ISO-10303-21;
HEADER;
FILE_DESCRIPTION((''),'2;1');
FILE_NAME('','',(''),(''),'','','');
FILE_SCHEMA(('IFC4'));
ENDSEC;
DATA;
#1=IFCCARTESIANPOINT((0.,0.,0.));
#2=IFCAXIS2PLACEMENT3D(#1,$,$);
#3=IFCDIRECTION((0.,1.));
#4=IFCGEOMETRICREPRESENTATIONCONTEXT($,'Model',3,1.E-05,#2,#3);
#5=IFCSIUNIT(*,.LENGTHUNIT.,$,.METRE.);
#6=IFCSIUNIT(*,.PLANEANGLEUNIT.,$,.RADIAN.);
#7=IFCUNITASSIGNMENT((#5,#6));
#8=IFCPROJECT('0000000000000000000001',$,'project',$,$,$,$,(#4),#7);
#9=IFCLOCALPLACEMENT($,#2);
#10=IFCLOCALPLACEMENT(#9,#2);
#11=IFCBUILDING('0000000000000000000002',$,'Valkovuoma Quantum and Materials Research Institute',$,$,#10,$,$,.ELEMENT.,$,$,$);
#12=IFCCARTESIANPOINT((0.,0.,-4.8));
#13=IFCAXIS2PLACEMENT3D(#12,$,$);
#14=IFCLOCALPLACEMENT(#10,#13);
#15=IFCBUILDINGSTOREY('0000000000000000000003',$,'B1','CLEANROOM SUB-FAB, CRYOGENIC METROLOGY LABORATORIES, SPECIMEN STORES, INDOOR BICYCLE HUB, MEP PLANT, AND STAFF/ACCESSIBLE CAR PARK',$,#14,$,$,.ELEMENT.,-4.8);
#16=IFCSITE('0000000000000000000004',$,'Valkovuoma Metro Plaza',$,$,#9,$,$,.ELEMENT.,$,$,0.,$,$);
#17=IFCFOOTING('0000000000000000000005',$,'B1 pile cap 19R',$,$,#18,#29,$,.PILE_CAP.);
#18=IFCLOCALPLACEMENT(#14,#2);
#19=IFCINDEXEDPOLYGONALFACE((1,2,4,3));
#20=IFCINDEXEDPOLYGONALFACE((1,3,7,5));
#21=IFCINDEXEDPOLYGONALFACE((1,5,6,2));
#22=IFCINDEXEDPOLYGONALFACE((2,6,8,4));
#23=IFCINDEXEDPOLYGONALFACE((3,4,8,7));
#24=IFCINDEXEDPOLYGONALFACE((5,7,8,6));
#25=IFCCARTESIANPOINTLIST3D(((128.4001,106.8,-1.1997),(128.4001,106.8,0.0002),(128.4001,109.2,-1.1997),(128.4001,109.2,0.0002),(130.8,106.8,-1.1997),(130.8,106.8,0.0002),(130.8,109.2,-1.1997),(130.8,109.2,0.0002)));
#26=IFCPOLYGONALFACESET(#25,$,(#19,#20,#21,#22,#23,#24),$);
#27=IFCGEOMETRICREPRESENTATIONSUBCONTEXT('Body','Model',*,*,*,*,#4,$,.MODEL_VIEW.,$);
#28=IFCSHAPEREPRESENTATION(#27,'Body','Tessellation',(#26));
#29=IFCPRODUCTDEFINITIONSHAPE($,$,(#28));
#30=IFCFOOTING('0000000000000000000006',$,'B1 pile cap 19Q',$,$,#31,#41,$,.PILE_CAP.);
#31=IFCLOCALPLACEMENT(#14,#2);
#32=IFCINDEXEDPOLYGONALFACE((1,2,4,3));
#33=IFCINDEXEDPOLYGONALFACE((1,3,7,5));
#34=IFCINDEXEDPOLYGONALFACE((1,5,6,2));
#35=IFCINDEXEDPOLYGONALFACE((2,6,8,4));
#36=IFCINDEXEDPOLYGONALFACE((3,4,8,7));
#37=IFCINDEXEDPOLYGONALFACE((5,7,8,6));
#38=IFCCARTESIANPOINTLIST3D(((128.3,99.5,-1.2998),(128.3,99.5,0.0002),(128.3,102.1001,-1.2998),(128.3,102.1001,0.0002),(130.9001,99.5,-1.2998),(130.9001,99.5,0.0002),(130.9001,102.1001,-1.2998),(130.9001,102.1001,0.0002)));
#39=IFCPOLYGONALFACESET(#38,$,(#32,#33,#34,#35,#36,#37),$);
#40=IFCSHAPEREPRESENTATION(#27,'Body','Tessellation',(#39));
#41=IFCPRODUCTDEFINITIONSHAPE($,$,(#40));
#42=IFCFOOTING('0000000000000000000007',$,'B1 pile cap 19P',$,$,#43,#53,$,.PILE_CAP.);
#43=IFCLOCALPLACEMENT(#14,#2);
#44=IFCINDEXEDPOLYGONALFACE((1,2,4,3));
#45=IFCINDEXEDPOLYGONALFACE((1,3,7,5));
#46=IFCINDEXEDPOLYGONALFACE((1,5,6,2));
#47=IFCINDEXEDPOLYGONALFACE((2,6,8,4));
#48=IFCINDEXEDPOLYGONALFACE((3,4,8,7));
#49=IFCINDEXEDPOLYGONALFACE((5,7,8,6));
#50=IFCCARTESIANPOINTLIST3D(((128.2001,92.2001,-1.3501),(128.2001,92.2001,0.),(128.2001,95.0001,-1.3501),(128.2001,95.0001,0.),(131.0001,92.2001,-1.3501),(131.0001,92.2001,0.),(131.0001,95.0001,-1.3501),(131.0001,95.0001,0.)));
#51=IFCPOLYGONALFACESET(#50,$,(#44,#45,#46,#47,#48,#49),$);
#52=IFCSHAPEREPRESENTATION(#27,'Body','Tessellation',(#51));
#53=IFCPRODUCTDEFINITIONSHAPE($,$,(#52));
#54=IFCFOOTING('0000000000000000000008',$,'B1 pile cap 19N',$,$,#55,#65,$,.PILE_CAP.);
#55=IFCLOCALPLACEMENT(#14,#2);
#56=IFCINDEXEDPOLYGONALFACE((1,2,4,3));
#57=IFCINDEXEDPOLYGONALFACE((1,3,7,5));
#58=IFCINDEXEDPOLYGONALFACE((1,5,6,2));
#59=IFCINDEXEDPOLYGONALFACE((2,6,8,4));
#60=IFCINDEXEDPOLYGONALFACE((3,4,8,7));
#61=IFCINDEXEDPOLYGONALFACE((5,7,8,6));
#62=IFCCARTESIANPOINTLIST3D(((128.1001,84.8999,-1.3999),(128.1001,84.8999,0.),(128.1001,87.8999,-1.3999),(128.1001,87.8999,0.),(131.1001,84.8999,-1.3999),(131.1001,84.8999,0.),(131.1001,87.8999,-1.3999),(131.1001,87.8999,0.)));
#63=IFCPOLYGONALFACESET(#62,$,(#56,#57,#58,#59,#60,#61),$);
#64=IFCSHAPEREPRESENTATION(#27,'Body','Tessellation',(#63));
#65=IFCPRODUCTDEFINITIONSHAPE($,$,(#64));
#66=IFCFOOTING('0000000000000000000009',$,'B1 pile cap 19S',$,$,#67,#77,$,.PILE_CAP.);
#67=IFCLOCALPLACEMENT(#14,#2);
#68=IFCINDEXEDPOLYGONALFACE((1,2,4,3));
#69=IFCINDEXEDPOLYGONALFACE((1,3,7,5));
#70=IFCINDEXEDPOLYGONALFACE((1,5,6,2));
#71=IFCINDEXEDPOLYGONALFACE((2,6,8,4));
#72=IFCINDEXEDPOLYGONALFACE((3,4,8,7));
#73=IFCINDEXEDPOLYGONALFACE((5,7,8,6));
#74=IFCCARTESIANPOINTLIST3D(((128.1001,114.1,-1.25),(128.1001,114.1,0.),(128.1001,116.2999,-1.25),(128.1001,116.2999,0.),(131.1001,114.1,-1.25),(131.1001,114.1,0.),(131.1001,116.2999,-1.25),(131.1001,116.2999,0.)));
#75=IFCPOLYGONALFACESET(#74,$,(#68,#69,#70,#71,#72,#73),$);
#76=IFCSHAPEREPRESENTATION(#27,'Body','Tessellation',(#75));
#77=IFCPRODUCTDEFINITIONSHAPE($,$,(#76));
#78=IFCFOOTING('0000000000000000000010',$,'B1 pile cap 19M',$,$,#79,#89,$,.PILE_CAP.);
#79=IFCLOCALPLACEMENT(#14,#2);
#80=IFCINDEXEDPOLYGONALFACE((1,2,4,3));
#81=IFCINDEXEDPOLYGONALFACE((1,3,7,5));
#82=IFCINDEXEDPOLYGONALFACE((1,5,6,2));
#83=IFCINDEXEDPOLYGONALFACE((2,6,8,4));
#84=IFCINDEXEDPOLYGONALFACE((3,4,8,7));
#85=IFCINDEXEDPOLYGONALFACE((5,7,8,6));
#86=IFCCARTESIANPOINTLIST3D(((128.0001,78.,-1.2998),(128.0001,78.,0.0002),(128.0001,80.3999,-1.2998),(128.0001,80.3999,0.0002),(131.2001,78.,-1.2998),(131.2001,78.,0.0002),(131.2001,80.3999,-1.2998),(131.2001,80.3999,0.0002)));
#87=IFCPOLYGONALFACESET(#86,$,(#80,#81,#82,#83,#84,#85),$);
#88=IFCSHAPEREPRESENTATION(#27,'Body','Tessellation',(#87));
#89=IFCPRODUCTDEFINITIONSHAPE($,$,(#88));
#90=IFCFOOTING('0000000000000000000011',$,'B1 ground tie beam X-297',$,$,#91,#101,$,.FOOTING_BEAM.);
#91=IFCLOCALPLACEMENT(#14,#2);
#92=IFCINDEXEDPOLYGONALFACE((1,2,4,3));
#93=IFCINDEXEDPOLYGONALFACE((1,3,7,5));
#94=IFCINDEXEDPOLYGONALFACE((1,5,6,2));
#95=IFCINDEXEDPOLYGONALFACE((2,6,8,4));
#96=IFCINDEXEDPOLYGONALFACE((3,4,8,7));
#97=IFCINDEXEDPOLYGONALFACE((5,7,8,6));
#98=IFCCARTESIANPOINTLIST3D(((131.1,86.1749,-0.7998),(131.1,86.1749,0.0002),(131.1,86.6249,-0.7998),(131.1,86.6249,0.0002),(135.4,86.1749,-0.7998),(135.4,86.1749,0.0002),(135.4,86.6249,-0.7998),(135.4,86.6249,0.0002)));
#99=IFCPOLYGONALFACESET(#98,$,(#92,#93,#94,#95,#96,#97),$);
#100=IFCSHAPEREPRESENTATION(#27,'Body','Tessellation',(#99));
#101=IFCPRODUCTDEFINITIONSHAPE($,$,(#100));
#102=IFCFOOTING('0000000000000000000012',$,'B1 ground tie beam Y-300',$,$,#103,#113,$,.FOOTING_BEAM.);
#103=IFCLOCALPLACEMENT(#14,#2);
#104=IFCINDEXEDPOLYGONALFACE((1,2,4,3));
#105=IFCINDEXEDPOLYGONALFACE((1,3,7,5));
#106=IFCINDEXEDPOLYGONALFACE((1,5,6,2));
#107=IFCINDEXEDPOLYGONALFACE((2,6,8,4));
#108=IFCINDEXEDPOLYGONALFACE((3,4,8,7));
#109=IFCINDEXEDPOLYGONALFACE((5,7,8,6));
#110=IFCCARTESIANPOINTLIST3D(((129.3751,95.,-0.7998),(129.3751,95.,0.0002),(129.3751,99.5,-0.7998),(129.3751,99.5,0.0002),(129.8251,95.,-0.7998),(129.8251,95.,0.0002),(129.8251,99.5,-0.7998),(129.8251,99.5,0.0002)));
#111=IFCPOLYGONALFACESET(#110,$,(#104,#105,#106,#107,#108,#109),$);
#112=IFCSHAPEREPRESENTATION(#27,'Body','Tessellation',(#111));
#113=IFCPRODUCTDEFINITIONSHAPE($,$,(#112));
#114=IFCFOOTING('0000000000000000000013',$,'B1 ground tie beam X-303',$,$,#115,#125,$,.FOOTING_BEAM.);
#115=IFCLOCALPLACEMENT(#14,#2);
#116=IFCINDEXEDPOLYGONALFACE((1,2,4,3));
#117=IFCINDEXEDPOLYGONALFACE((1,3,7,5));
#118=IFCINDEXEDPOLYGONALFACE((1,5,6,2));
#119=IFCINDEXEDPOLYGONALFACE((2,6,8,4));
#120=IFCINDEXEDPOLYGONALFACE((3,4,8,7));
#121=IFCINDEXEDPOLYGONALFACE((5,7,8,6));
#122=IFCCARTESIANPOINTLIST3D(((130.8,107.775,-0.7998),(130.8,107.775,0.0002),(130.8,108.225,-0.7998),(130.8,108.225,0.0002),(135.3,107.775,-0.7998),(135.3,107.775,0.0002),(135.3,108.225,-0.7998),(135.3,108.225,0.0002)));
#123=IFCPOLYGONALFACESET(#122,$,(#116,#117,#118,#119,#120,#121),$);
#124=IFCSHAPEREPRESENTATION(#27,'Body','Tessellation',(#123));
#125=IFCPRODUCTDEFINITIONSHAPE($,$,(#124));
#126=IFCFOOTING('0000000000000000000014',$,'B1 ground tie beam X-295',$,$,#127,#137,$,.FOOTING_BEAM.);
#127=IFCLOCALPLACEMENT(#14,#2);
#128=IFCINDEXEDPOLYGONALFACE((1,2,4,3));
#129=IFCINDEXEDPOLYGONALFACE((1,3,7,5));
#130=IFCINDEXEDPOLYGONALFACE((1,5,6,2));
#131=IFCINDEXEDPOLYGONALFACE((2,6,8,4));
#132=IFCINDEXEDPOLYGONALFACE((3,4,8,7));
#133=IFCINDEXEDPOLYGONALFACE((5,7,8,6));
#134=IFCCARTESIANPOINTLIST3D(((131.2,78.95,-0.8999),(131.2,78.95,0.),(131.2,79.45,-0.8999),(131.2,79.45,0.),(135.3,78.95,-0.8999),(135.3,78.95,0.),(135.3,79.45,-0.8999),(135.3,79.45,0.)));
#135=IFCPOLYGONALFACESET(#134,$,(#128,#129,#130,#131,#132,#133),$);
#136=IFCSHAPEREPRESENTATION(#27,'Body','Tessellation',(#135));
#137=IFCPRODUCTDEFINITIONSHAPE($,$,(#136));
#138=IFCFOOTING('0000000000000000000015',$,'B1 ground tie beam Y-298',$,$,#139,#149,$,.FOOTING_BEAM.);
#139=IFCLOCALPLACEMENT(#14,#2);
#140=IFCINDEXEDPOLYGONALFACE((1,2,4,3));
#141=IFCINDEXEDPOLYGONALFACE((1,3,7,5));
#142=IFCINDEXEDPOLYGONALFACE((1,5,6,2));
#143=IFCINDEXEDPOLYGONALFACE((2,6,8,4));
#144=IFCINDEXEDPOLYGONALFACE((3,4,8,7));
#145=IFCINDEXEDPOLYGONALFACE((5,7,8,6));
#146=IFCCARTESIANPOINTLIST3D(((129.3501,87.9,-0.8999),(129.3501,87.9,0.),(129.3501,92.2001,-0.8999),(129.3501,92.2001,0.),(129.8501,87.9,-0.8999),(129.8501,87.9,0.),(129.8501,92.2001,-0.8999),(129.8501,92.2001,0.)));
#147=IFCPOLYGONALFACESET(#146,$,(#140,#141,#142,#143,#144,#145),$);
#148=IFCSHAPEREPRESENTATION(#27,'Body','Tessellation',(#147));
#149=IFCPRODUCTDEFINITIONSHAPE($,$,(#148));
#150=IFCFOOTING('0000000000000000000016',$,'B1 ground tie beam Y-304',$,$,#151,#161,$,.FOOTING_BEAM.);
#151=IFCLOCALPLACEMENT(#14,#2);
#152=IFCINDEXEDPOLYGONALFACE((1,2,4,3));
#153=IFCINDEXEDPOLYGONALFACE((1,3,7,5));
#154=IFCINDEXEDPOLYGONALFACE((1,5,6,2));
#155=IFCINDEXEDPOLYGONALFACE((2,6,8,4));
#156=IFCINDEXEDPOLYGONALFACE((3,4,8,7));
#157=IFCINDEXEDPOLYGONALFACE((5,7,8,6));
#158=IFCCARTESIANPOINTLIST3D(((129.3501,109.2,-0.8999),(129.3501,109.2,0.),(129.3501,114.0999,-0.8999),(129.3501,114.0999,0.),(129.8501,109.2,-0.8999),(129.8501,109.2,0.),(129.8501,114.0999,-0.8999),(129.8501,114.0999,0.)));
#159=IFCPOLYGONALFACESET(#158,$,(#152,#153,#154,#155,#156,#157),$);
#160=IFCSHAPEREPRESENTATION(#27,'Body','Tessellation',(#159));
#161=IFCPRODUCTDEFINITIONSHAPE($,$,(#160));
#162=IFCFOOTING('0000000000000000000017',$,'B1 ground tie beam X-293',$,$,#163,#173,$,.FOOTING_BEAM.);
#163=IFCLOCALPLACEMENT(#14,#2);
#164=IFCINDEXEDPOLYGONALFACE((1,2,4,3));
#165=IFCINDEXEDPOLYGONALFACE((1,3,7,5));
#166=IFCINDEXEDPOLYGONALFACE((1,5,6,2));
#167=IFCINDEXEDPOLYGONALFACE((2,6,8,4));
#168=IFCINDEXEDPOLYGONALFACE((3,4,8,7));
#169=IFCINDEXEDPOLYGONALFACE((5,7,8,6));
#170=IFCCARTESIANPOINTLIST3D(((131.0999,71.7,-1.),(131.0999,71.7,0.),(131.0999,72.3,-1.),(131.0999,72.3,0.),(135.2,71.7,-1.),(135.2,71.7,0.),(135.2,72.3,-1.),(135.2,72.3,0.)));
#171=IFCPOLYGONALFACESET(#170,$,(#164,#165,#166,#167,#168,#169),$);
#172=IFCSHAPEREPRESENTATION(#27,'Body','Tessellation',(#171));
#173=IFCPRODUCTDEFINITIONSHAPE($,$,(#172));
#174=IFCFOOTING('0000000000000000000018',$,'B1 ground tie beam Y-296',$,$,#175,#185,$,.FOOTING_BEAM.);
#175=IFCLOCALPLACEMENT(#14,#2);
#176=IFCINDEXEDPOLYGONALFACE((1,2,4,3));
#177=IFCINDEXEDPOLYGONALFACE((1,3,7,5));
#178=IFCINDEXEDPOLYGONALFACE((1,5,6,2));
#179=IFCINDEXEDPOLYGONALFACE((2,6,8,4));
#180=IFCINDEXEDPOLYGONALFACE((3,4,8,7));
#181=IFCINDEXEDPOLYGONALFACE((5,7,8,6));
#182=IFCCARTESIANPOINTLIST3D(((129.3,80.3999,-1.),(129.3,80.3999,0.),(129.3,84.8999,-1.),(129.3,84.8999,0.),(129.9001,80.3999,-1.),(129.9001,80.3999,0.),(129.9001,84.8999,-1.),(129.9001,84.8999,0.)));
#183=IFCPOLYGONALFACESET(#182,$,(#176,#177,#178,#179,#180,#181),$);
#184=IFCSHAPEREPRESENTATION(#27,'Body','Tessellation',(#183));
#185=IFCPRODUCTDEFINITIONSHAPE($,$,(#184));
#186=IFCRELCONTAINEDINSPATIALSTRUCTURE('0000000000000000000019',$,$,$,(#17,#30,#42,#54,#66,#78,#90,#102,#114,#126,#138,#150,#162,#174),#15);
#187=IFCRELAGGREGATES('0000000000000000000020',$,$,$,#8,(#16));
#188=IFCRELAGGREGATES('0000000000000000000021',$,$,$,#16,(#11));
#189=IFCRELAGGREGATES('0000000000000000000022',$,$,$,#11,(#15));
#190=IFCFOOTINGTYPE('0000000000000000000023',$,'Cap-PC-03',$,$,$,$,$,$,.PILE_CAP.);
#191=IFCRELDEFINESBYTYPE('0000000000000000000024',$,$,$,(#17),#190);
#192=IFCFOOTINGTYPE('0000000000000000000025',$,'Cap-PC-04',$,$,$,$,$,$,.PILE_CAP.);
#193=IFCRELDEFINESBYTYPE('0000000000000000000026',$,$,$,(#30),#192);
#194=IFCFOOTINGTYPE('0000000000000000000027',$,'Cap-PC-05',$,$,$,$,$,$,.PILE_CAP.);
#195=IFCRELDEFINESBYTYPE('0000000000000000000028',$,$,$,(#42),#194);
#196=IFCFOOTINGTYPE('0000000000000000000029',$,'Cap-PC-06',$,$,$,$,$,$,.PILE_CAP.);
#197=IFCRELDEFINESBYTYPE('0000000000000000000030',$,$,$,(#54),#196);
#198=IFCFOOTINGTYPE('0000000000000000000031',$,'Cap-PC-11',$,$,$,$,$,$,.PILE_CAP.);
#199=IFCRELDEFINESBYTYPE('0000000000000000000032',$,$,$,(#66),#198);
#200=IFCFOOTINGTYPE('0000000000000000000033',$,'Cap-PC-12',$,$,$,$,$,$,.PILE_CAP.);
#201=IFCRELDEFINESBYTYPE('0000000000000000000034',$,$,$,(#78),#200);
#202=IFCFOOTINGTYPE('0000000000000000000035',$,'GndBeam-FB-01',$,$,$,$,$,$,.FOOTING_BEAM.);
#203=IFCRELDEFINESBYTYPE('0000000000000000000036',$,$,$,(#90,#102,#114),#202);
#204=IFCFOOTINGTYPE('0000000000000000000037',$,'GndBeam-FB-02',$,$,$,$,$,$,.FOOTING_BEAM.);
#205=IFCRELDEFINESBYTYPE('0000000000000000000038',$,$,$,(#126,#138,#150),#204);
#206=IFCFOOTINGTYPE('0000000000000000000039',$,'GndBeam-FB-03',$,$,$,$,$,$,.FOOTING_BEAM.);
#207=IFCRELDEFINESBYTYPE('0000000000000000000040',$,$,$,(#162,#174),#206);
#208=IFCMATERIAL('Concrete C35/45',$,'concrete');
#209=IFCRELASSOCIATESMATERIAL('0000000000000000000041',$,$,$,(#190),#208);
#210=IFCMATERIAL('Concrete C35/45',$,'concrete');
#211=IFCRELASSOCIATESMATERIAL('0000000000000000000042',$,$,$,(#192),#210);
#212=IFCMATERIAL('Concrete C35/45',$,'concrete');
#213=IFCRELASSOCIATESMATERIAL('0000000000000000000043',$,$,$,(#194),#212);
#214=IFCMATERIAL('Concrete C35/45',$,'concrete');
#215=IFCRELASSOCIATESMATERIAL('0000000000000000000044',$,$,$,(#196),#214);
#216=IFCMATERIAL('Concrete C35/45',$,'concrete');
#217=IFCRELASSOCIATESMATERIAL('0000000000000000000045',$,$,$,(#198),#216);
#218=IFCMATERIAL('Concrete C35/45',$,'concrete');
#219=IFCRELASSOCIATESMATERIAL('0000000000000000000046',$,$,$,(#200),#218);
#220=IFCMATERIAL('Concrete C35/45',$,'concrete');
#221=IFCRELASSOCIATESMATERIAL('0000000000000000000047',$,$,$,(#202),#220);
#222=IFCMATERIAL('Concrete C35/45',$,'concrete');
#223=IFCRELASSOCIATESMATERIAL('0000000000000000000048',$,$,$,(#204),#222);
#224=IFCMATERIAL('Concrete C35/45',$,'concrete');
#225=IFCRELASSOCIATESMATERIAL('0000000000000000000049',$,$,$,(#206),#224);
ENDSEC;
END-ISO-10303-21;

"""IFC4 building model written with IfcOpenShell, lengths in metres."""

from ifc_helpers import new_model, si_unit, direction, frame, origin, origin_2d, place, context, subcontext, project, spatial, rectangle, extrude, material, type_object, element, save


model = new_model("IFC4")

# Units and contexts
model_context = context("Model", 3, precision=1e-05, world=origin(), true_north=direction((0.0, 1.0)))
body_context = subcontext(model_context, "Body", "Model", "MODEL_VIEW")
ifc_project = project(units=[si_unit("LENGTHUNIT", "METRE"), si_unit("PLANEANGLEUNIT", "RADIAN")], contexts=[model_context])

# Site, building, storey
site_placement = place(None, origin())
site = spatial("IfcSite", under=ifc_project, at=site_placement, Name="Valkovuoma Metro Plaza", CompositionType="ELEMENT", RefElevation=0.0)
building_placement = place(site_placement, origin())
building = spatial("IfcBuilding", under=site, at=building_placement, Name="Valkovuoma Quantum and Materials Research Institute", CompositionType="ELEMENT")
storey_placement = place(building_placement, frame((0.0, 0.0, -4.8)))
storey = spatial("IfcBuildingStorey", under=building, at=storey_placement, Name="B1", Description="CLEANROOM SUB-FAB, CRYOGENIC METROLOGY LABORATORIES, SPECIMEN STORES, INDOOR BICYCLE HUB, MEP PLANT, AND STAFF/ACCESSIBLE CAR PARK", CompositionType="ELEMENT", Elevation=-4.8)

# Footings
ifc_material_1 = material(Name="Concrete C35/45", Category="concrete")
footing_type_1 = type_object("IfcFootingType", Name="Cap-PC-03", PredefinedType="PILE_CAP", material=ifc_material_1)
footing_1_placement = place(storey_placement, frame((129.6001, 108.0, -1.1997), z_axis=(0.0, 0.0, 1.0), x_axis=(1.0, 0.0, 0.0)))
element("IfcFooting", 1, at=footing_1_placement, inside=storey, type_object=footing_type_1, Name="B1 pile cap 19R", PredefinedType="PILE_CAP", context=body_context, shape_type="SweptSolid", body=[
    extrude(rectangle(XDim=2.3999, YDim=2.3999, at=origin_2d()), origin(), (0.0, 0.0, 1.0), 1.2),
])
ifc_material_2 = material(Name="Concrete C35/45", Category="concrete")
footing_type_2 = type_object("IfcFootingType", Name="Cap-PC-04", PredefinedType="PILE_CAP", material=ifc_material_2)
footing_2_placement = place(storey_placement, frame((129.6001, 100.8, -1.2998), z_axis=(0.0, 0.0, 1.0), x_axis=(1.0, 0.0, 0.0)))
element("IfcFooting", 2, at=footing_2_placement, inside=storey, type_object=footing_type_2, Name="B1 pile cap 19Q", PredefinedType="PILE_CAP", context=body_context, shape_type="SweptSolid", body=[
    extrude(rectangle(XDim=2.6001, YDim=2.6001, at=origin_2d()), origin(), (0.0, 0.0, 1.0), 1.3),
])
ifc_material_3 = material(Name="Concrete C35/45", Category="concrete")
footing_type_3 = type_object("IfcFootingType", Name="Cap-PC-05", PredefinedType="PILE_CAP", material=ifc_material_3)
footing_3_placement = place(storey_placement, frame((129.6001, 93.6001, -1.3501), z_axis=(0.0, 0.0, 1.0), x_axis=(1.0, 0.0, 0.0)))
element("IfcFooting", 3, at=footing_3_placement, inside=storey, type_object=footing_type_3, Name="B1 pile cap 19P", PredefinedType="PILE_CAP", context=body_context, shape_type="SweptSolid", body=[
    extrude(rectangle(XDim=2.8, YDim=2.8, at=origin_2d()), origin(), (0.0, 0.0, 1.0), 1.3501),
])
ifc_material_4 = material(Name="Concrete C35/45", Category="concrete")
footing_type_4 = type_object("IfcFootingType", Name="Cap-PC-06", PredefinedType="PILE_CAP", material=ifc_material_4)
footing_4_placement = place(storey_placement, frame((129.6001, 86.3999, -1.3999), z_axis=(0.0, 0.0, 1.0), x_axis=(1.0, 0.0, 0.0)))
element("IfcFooting", 4, at=footing_4_placement, inside=storey, type_object=footing_type_4, Name="B1 pile cap 19N", PredefinedType="PILE_CAP", context=body_context, shape_type="SweptSolid", body=[
    extrude(rectangle(XDim=3.0, YDim=3.0, at=origin_2d()), origin(), (0.0, 0.0, 1.0), 1.3999),
])
ifc_material_5 = material(Name="Concrete C35/45", Category="concrete")
footing_type_5 = type_object("IfcFootingType", Name="Cap-PC-11", PredefinedType="PILE_CAP", material=ifc_material_5)
footing_5_placement = place(storey_placement, frame((129.6001, 115.2, -1.25), z_axis=(0.0, 0.0, 1.0), x_axis=(1.0, 0.0, 0.0)))
element("IfcFooting", 5, at=footing_5_placement, inside=storey, type_object=footing_type_5, Name="B1 pile cap 19S", PredefinedType="PILE_CAP", context=body_context, shape_type="SweptSolid", body=[
    extrude(rectangle(XDim=3.0, YDim=2.2, at=origin_2d()), origin(), (0.0, 0.0, 1.0), 1.25),
])
ifc_material_6 = material(Name="Concrete C35/45", Category="concrete")
footing_type_6 = type_object("IfcFootingType", Name="Cap-PC-12", PredefinedType="PILE_CAP", material=ifc_material_6)
footing_6_placement = place(storey_placement, frame((129.6001, 79.2, -1.2998), z_axis=(0.0, 0.0, 1.0), x_axis=(1.0, 0.0, 0.0)))
element("IfcFooting", 6, at=footing_6_placement, inside=storey, type_object=footing_type_6, Name="B1 pile cap 19M", PredefinedType="PILE_CAP", context=body_context, shape_type="SweptSolid", body=[
    extrude(rectangle(XDim=3.2, YDim=2.3999, at=origin_2d()), origin(), (0.0, 0.0, 1.0), 1.3),
])
ifc_material_7 = material(Name="Concrete C35/45", Category="concrete")
footing_type_7 = type_object("IfcFootingType", Name="GndBeam-FB-01", PredefinedType="FOOTING_BEAM", material=ifc_material_7)
footing_7_placement = place(storey_placement, frame((133.25, 86.3999, -0.7998), z_axis=(0.0, 0.0, 1.0), x_axis=(1.0, 0.0, 0.0)))
element("IfcFooting", 7, at=footing_7_placement, inside=storey, type_object=footing_type_7, Name="B1 ground tie beam X-297", PredefinedType="FOOTING_BEAM", context=body_context, shape_type="SweptSolid", body=[
    extrude(rectangle(XDim=4.3, YDim=0.45, at=origin_2d()), origin(), (0.0, 0.0, 1.0), 0.8),
])
for number, where, z_axis, x_axis, name in (
    (8, (129.6001, 97.25, -0.7998), (0.0, 0.0, 1.0), (0.0, 1.0, 0.0), "B1 ground tie beam Y-300"),
    (9, (133.05, 108.0, -0.7998), (0.0, 0.0, 1.0), (1.0, 0.0, 0.0), "B1 ground tie beam X-303"),
):
    element("IfcFooting", number, at=place(storey_placement, frame(where, z_axis=z_axis, x_axis=x_axis)), inside=storey, type_object=footing_type_7, Name=name, PredefinedType="FOOTING_BEAM", context=body_context, shape_type="SweptSolid", body=[
        extrude(rectangle(XDim=4.5, YDim=0.45, at=origin_2d()), origin(), (0.0, 0.0, 1.0), 0.8),
    ])
ifc_material_8 = material(Name="Concrete C35/45", Category="concrete")
footing_type_8 = type_object("IfcFootingType", Name="GndBeam-FB-02", PredefinedType="FOOTING_BEAM", material=ifc_material_8)
footing_8_placement = place(storey_placement, frame((133.25, 79.2, -0.8999), z_axis=(0.0, 0.0, 1.0), x_axis=(1.0, 0.0, 0.0)))
element("IfcFooting", 10, at=footing_8_placement, inside=storey, type_object=footing_type_8, Name="B1 ground tie beam X-295", PredefinedType="FOOTING_BEAM", context=body_context, shape_type="SweptSolid", body=[
    extrude(rectangle(XDim=4.1001, YDim=0.5, at=origin_2d()), origin(), (0.0, 0.0, 1.0), 0.8999),
])
footing_9_placement = place(storey_placement, frame((129.6001, 90.05, -0.8999), z_axis=(0.0, 0.0, 1.0), x_axis=(0.0, 1.0, 0.0)))
element("IfcFooting", 11, at=footing_9_placement, inside=storey, type_object=footing_type_8, Name="B1 ground tie beam Y-298", PredefinedType="FOOTING_BEAM", context=body_context, shape_type="SweptSolid", body=[
    extrude(rectangle(XDim=4.3, YDim=0.5, at=origin_2d()), origin(), (0.0, 0.0, 1.0), 0.8999),
])
footing_10_placement = place(storey_placement, frame((129.6001, 111.6499, -0.8999), z_axis=(0.0, 0.0, 1.0), x_axis=(0.0, 1.0, 0.0)))
element("IfcFooting", 12, at=footing_10_placement, inside=storey, type_object=footing_type_8, Name="B1 ground tie beam Y-304", PredefinedType="FOOTING_BEAM", context=body_context, shape_type="SweptSolid", body=[
    extrude(rectangle(XDim=4.8999, YDim=0.5, at=origin_2d()), origin(), (0.0, 0.0, 1.0), 0.8999),
])
ifc_material_9 = material(Name="Concrete C35/45", Category="concrete")
footing_type_9 = type_object("IfcFootingType", Name="GndBeam-FB-03", PredefinedType="FOOTING_BEAM", material=ifc_material_9)
footing_11_placement = place(storey_placement, frame((133.1499, 72.0, -1.0), z_axis=(0.0, 0.0, 1.0), x_axis=(1.0, 0.0, 0.0)))
element("IfcFooting", 13, at=footing_11_placement, inside=storey, type_object=footing_type_9, Name="B1 ground tie beam X-293", PredefinedType="FOOTING_BEAM", context=body_context, shape_type="SweptSolid", body=[
    extrude(rectangle(XDim=4.1001, YDim=0.6001, at=origin_2d()), origin(), (0.0, 0.0, 1.0), 1.0),
])
footing_12_placement = place(storey_placement, frame((129.6001, 82.6499, -1.0), z_axis=(0.0, 0.0, 1.0), x_axis=(0.0, 1.0, 0.0)))
element("IfcFooting", 14, at=footing_12_placement, inside=storey, type_object=footing_type_9, Name="B1 ground tie beam Y-296", PredefinedType="FOOTING_BEAM", context=body_context, shape_type="SweptSolid", body=[
    extrude(rectangle(XDim=4.5, YDim=0.6001, at=origin_2d()), origin(), (0.0, 0.0, 1.0), 1.0),
])

save(model, "model.ifc")
